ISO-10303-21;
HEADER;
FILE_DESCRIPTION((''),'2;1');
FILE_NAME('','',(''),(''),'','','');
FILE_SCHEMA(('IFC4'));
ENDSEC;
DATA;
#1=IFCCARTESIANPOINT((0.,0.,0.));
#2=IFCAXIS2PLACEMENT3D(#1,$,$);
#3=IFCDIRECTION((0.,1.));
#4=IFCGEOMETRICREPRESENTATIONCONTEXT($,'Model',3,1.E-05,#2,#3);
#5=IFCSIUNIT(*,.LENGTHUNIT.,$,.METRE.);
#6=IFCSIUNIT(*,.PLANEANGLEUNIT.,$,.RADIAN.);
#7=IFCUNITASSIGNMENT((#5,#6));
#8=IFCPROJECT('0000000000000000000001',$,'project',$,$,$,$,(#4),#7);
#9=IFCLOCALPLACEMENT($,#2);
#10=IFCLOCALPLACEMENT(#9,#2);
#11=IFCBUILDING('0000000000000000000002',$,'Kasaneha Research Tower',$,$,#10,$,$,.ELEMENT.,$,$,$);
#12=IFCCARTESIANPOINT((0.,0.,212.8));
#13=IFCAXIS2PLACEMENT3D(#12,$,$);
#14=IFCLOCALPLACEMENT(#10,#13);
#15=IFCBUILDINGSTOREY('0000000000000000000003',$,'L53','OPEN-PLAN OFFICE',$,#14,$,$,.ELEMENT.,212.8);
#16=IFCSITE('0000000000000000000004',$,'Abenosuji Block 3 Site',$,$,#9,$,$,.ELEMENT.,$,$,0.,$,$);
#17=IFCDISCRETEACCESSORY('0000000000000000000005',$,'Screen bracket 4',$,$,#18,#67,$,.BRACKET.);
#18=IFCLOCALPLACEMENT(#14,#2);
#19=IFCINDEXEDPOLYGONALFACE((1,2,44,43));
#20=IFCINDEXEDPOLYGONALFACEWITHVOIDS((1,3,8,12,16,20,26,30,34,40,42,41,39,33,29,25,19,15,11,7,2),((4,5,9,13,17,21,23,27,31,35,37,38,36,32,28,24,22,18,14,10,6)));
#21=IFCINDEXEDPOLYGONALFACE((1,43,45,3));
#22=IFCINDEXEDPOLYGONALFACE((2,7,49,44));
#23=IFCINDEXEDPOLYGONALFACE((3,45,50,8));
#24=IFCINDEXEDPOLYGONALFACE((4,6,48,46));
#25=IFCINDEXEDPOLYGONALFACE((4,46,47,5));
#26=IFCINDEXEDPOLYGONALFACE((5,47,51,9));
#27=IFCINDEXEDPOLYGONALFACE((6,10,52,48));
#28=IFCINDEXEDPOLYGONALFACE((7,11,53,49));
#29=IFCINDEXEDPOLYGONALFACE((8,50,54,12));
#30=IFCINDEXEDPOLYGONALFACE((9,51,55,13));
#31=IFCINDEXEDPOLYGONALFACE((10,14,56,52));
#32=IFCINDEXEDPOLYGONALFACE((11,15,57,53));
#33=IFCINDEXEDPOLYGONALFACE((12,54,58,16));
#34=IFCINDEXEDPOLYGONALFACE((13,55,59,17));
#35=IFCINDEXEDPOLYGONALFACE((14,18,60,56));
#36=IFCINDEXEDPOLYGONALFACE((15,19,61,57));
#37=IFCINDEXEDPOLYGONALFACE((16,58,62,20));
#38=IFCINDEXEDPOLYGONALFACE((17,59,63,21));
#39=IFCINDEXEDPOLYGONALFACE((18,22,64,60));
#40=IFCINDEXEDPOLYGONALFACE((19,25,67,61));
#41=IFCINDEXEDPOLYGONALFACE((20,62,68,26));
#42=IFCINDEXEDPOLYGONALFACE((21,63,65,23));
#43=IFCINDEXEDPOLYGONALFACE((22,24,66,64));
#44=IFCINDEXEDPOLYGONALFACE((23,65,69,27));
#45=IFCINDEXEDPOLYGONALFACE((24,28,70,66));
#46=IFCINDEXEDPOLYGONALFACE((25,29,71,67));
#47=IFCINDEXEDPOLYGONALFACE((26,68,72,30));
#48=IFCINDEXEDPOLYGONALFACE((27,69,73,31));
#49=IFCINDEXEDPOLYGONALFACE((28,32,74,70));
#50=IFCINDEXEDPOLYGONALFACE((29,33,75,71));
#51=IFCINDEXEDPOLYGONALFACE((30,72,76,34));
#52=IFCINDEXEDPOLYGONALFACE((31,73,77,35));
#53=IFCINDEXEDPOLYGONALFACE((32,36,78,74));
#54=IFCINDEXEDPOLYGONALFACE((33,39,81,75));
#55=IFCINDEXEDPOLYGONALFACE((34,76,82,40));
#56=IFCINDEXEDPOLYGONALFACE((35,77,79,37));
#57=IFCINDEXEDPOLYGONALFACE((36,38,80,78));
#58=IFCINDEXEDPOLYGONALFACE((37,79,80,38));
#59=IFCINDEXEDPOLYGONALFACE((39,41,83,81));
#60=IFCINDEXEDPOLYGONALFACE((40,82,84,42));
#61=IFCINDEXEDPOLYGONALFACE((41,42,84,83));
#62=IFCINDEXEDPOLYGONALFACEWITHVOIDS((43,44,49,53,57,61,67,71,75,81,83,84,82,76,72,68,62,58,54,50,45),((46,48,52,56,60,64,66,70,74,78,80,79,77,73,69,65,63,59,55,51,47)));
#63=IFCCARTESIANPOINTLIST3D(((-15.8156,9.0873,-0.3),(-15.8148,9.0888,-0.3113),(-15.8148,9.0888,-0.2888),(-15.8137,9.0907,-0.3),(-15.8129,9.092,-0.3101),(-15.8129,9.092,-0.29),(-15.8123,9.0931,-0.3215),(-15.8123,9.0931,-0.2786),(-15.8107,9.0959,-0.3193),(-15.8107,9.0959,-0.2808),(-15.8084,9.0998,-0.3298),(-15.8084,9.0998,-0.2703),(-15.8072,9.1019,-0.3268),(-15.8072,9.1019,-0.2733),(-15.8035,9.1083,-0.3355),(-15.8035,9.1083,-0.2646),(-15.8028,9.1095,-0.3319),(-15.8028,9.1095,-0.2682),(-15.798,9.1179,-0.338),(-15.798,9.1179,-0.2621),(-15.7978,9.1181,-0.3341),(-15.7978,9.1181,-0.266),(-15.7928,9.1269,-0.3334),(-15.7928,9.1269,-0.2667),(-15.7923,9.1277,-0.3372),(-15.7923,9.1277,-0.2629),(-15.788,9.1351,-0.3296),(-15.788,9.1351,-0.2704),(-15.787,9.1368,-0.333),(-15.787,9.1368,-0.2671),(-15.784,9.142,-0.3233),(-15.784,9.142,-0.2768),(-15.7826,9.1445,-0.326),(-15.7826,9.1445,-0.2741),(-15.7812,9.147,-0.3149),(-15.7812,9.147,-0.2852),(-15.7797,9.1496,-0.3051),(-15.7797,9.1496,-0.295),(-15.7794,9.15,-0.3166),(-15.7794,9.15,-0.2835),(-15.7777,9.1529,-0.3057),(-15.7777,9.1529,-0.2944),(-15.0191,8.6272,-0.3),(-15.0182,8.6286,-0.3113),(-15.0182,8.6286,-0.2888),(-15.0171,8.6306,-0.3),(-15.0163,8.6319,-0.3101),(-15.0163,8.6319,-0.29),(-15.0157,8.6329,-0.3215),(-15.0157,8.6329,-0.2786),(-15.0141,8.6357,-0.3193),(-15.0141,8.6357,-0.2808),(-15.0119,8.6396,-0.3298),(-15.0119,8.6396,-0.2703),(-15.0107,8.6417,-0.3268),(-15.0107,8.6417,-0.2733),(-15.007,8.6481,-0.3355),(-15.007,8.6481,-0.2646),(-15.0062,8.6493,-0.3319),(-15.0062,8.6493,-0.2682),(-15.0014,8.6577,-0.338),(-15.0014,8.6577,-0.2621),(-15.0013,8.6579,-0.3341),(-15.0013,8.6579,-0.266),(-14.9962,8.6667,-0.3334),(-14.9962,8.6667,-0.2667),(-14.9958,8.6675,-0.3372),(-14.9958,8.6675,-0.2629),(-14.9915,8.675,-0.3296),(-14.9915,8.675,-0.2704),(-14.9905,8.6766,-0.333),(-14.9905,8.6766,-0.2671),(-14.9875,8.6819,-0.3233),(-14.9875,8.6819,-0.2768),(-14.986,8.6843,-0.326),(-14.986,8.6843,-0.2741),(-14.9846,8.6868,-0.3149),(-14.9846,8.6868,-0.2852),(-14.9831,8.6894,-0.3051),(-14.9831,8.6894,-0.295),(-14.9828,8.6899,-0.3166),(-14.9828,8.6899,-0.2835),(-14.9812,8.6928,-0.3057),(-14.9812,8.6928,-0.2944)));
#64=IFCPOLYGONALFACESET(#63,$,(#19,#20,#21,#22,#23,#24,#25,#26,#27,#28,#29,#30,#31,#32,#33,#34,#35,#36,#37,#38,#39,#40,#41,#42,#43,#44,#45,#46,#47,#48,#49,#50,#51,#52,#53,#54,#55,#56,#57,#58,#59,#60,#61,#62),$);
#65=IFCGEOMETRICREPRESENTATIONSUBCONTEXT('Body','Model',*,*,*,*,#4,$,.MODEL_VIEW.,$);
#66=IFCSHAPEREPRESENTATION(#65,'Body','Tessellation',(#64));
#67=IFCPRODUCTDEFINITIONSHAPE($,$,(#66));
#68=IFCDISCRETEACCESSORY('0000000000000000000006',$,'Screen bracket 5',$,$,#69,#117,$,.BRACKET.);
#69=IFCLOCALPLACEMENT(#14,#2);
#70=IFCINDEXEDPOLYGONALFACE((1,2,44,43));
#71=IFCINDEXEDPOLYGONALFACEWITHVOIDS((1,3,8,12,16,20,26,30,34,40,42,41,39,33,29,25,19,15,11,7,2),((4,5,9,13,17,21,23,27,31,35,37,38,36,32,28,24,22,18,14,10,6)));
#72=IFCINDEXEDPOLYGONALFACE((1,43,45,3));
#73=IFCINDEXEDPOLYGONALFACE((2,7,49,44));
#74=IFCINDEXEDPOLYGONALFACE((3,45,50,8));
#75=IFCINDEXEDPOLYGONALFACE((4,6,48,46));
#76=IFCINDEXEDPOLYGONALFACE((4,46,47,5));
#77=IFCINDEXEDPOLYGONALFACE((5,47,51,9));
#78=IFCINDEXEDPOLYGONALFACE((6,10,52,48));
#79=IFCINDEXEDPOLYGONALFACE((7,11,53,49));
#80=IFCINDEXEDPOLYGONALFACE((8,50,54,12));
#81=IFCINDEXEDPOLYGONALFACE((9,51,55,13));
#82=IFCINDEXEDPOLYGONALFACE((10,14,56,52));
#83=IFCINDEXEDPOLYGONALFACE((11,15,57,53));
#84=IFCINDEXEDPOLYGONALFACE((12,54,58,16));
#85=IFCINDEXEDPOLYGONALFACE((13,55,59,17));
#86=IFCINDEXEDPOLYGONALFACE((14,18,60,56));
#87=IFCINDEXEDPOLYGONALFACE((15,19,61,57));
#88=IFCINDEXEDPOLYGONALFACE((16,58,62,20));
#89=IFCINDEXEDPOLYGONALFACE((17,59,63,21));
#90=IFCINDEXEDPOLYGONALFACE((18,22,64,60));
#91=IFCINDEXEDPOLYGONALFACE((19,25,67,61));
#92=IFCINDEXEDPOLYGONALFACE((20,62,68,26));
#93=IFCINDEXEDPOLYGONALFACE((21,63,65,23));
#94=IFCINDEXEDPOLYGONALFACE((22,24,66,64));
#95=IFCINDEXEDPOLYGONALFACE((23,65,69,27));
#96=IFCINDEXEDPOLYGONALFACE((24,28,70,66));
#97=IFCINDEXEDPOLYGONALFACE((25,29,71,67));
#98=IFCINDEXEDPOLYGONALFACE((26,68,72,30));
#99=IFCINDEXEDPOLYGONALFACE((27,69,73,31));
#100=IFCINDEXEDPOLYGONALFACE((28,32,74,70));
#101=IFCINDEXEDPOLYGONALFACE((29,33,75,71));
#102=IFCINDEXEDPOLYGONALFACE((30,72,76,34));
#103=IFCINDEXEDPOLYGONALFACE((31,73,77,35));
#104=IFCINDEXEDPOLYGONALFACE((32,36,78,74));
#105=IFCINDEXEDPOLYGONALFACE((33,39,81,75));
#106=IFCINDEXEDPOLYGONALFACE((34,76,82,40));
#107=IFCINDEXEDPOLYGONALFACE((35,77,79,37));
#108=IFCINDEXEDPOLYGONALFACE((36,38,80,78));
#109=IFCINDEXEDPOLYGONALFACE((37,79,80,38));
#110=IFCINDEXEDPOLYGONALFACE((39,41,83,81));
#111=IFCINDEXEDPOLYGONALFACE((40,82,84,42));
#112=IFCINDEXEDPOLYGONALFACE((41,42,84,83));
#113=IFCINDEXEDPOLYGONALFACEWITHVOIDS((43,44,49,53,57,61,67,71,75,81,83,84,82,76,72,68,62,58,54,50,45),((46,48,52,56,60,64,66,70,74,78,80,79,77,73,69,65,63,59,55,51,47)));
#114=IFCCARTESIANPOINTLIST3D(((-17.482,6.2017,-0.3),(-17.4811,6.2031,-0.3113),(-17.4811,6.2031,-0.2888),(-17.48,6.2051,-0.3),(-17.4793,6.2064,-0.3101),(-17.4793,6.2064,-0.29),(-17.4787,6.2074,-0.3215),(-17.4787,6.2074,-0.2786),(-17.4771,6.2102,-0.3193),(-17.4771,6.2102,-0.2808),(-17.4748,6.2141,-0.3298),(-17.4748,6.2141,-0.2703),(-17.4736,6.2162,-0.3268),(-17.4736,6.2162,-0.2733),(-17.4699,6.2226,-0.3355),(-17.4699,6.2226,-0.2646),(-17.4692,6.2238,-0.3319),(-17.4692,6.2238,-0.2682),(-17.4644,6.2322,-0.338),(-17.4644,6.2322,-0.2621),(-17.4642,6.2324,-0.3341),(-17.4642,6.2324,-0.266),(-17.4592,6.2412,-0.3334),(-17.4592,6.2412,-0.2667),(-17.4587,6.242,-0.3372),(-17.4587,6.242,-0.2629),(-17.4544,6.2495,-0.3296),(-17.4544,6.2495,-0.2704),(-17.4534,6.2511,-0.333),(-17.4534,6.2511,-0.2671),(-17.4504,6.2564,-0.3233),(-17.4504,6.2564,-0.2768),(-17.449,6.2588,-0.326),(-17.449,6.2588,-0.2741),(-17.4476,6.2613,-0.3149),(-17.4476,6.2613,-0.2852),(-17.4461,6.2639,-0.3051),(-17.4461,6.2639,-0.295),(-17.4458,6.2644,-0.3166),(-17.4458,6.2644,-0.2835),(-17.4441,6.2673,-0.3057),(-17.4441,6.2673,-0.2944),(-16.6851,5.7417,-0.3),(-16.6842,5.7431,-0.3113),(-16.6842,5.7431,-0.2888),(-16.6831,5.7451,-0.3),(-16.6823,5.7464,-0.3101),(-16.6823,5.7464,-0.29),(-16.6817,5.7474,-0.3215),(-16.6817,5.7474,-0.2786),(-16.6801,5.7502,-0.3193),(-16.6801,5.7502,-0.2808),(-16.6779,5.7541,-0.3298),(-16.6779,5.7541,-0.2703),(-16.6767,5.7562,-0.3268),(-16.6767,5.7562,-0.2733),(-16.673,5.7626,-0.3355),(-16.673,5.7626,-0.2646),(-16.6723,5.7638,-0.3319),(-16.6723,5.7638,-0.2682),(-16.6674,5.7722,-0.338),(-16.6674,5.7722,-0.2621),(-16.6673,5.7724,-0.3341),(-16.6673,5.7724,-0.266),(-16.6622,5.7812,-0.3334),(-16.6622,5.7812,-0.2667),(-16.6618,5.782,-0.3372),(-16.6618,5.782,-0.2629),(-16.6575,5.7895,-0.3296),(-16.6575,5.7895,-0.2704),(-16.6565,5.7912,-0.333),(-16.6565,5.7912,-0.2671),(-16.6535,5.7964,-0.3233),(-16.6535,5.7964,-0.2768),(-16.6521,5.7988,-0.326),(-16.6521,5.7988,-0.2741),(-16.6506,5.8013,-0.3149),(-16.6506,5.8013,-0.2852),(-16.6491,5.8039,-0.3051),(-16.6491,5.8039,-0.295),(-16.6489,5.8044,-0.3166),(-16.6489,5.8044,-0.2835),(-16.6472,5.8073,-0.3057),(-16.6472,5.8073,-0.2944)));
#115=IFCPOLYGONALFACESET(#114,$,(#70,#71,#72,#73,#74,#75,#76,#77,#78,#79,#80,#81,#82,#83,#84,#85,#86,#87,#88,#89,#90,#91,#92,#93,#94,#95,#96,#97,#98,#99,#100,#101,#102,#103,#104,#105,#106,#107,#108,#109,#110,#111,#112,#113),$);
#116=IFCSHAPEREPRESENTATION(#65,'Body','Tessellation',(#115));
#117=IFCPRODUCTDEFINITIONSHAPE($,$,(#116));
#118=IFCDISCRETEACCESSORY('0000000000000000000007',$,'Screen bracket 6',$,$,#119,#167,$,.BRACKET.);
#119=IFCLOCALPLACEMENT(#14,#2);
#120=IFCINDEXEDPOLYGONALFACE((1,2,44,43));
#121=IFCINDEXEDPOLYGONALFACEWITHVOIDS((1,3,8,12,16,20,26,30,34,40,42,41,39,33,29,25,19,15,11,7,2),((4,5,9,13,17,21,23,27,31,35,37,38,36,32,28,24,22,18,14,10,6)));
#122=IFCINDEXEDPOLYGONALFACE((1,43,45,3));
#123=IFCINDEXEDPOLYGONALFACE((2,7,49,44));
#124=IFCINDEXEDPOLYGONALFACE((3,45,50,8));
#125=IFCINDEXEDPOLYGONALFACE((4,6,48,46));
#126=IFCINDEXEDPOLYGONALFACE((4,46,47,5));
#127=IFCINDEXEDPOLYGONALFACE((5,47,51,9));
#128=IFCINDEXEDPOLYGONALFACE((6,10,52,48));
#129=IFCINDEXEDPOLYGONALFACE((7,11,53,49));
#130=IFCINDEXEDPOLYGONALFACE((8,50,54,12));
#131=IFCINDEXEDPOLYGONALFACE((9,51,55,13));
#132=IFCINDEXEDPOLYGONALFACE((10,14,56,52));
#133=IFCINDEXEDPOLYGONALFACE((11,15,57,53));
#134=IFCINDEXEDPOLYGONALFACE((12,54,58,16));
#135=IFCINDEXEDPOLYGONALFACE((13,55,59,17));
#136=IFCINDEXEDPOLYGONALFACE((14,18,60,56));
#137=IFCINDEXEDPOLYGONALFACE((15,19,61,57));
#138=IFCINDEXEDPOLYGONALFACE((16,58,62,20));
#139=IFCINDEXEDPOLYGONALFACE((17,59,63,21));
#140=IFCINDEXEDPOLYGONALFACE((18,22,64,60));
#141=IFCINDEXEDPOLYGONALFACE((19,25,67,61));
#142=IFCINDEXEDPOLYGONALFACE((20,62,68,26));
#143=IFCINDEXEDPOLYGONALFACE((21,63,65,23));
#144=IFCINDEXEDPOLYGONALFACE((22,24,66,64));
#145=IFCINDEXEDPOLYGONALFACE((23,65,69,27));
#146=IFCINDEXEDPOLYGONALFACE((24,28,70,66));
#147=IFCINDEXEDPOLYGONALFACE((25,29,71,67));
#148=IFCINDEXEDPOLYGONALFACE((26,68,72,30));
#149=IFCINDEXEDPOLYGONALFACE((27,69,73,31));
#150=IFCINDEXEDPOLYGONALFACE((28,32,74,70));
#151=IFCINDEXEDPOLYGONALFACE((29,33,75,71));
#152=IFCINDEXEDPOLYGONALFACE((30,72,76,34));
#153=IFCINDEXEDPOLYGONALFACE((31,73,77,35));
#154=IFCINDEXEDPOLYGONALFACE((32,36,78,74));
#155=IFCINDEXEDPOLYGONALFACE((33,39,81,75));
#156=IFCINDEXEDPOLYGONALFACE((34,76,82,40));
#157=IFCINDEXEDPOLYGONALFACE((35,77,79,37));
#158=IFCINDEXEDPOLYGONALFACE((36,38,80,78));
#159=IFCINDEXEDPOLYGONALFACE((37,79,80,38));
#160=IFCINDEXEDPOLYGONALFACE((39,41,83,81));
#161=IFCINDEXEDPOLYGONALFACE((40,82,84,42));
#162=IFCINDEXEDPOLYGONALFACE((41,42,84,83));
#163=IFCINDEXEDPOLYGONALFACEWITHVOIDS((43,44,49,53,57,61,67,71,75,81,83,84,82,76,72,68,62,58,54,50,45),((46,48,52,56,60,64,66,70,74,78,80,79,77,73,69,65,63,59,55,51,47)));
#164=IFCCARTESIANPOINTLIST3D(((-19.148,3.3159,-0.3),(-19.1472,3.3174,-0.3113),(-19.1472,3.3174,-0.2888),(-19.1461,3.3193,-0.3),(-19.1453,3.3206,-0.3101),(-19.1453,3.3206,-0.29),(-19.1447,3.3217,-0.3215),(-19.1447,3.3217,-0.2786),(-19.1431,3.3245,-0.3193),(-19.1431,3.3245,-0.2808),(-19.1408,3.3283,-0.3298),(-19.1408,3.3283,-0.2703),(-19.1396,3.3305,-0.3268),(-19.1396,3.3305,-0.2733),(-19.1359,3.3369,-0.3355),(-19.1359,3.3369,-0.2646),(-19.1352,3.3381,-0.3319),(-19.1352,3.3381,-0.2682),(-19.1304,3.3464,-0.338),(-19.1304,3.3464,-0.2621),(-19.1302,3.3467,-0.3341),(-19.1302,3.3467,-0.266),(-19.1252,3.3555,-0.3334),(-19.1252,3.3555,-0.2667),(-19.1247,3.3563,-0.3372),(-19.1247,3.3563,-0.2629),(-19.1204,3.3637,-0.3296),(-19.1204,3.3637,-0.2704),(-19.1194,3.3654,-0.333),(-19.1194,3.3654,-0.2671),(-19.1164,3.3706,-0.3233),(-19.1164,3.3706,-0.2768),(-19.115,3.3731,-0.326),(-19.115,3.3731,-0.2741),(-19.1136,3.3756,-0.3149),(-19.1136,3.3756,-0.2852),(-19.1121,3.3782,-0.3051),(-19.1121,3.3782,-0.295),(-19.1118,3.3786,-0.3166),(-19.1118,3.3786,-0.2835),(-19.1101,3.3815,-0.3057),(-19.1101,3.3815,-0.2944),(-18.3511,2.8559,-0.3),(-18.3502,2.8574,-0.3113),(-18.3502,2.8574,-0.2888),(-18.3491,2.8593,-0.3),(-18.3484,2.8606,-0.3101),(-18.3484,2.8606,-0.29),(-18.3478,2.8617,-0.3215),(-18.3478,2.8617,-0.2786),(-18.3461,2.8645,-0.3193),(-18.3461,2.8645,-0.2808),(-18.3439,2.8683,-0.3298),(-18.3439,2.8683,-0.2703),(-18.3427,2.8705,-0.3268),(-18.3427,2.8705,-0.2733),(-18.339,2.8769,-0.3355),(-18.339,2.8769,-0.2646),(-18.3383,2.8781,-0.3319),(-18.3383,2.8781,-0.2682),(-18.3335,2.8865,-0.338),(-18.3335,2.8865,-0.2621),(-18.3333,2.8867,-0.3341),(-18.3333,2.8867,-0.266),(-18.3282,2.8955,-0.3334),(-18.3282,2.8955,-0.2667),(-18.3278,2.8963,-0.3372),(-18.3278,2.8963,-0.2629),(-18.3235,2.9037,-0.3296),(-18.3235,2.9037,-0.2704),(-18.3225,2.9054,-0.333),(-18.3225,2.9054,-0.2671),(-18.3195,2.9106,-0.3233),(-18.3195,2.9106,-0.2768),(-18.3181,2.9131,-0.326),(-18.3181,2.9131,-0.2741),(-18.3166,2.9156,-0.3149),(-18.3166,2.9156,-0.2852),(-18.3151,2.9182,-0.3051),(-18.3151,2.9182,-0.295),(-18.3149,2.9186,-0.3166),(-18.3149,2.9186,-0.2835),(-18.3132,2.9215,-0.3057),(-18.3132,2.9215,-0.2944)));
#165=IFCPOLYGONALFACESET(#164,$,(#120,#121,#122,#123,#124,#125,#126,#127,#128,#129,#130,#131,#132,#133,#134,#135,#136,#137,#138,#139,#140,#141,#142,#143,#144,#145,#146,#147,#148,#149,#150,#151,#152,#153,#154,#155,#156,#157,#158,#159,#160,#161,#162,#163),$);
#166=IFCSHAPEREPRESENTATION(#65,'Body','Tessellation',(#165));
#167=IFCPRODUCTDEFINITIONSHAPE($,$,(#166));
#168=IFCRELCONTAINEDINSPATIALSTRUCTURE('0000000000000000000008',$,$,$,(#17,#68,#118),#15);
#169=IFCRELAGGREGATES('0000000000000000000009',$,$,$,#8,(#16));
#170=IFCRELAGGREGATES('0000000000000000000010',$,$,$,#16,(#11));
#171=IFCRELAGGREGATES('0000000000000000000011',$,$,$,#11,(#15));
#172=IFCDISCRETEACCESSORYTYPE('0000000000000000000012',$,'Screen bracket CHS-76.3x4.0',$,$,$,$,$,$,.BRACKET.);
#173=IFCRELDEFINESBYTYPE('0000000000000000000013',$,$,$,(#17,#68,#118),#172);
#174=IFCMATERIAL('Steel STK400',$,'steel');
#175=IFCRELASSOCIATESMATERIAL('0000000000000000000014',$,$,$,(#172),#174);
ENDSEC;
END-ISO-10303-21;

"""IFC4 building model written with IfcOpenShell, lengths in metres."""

from ifc_helpers import new_model, si_unit, direction, frame, origin, origin_2d, place, context, subcontext, project, spatial, hollow_circle, extrude, material, material_profile, profile_set, type_object, element, save


model = new_model("IFC4")

# Units and contexts
model_context = context("Model", 3, precision=1e-05, world=origin(), true_north=direction((0.0, 1.0)))
body_context = subcontext(model_context, "Body", "Model", "MODEL_VIEW")
ifc_project = project(units=[si_unit("LENGTHUNIT", "METRE"), si_unit("PLANEANGLEUNIT", "RADIAN")], contexts=[model_context])

# Site, building, storey
site_placement = place(None, origin())
site = spatial("IfcSite", under=ifc_project, at=site_placement, Name="Abenosuji Block 3 Site", CompositionType="ELEMENT", RefElevation=0.0)
building_placement = place(site_placement, origin())
building = spatial("IfcBuilding", under=site, at=building_placement, Name="Kasaneha Research Tower", CompositionType="ELEMENT")
storey_placement = place(building_placement, frame((0.0, 0.0, 212.8)))
storey = spatial("IfcBuildingStorey", under=building, at=storey_placement, Name="L53", Description="OPEN-PLAN OFFICE", CompositionType="ELEMENT", Elevation=212.8)

# Discrete accessories
ifc_material_1 = material(Name="Steel STK400", Category="steel")
ifc_material_profile_1 = material_profile(ifc_material_1, hollow_circle(Radius=0.0381, WallThickness=0.0039, at=origin_2d()), Name="CHS-76.3x4.0")
ifc_profile_set_1 = profile_set([ifc_material_profile_1], Name="Steel STK400")
discrete_accessory_type = type_object("IfcDiscreteAccessoryType", Name="Screen bracket CHS-76.3x4.0", PredefinedType="BRACKET", material=ifc_profile_set_1)
discrete_accessory_1_placement = place(storey_placement, frame((-15.0, 8.6602, -0.3), z_axis=(-0.865898, 0.50022, 0.0), x_axis=(-0.50022, -0.865898, 0.0)))
element("IfcDiscreteAccessory", 1, at=discrete_accessory_1_placement, inside=storey, type_object=discrete_accessory_type, Name="Screen bracket 4", PredefinedType="BRACKET", context=body_context, shape_type="SweptSolid", body=[
    extrude(hollow_circle(Radius=0.0381, WallThickness=0.0039, at=origin_2d()), origin(), (0.0, 0.0, 1.0), 0.9199),
])
for number, where, z_axis, x_axis, name in (
    (2, (-16.666, 5.7747, -0.3), (-0.86608, 0.499906, 0.0), (-0.499906, -0.86608, 0.0), "Screen bracket 5"),
    (3, (-18.332, 2.8889, -0.3), (-0.86608, 0.499906, 0.0), (-0.499906, -0.86608, 0.0), "Screen bracket 6"),
):
    element("IfcDiscreteAccessory", number, at=place(storey_placement, frame(where, z_axis=z_axis, x_axis=x_axis)), inside=storey, type_object=discrete_accessory_type, Name=name, PredefinedType="BRACKET", context=body_context, shape_type="SweptSolid", body=[
        extrude(hollow_circle(Radius=0.0381, WallThickness=0.0039, at=origin_2d()), origin(), (0.0, 0.0, 1.0), 0.9202),
    ])

save(model, "model.ifc")
